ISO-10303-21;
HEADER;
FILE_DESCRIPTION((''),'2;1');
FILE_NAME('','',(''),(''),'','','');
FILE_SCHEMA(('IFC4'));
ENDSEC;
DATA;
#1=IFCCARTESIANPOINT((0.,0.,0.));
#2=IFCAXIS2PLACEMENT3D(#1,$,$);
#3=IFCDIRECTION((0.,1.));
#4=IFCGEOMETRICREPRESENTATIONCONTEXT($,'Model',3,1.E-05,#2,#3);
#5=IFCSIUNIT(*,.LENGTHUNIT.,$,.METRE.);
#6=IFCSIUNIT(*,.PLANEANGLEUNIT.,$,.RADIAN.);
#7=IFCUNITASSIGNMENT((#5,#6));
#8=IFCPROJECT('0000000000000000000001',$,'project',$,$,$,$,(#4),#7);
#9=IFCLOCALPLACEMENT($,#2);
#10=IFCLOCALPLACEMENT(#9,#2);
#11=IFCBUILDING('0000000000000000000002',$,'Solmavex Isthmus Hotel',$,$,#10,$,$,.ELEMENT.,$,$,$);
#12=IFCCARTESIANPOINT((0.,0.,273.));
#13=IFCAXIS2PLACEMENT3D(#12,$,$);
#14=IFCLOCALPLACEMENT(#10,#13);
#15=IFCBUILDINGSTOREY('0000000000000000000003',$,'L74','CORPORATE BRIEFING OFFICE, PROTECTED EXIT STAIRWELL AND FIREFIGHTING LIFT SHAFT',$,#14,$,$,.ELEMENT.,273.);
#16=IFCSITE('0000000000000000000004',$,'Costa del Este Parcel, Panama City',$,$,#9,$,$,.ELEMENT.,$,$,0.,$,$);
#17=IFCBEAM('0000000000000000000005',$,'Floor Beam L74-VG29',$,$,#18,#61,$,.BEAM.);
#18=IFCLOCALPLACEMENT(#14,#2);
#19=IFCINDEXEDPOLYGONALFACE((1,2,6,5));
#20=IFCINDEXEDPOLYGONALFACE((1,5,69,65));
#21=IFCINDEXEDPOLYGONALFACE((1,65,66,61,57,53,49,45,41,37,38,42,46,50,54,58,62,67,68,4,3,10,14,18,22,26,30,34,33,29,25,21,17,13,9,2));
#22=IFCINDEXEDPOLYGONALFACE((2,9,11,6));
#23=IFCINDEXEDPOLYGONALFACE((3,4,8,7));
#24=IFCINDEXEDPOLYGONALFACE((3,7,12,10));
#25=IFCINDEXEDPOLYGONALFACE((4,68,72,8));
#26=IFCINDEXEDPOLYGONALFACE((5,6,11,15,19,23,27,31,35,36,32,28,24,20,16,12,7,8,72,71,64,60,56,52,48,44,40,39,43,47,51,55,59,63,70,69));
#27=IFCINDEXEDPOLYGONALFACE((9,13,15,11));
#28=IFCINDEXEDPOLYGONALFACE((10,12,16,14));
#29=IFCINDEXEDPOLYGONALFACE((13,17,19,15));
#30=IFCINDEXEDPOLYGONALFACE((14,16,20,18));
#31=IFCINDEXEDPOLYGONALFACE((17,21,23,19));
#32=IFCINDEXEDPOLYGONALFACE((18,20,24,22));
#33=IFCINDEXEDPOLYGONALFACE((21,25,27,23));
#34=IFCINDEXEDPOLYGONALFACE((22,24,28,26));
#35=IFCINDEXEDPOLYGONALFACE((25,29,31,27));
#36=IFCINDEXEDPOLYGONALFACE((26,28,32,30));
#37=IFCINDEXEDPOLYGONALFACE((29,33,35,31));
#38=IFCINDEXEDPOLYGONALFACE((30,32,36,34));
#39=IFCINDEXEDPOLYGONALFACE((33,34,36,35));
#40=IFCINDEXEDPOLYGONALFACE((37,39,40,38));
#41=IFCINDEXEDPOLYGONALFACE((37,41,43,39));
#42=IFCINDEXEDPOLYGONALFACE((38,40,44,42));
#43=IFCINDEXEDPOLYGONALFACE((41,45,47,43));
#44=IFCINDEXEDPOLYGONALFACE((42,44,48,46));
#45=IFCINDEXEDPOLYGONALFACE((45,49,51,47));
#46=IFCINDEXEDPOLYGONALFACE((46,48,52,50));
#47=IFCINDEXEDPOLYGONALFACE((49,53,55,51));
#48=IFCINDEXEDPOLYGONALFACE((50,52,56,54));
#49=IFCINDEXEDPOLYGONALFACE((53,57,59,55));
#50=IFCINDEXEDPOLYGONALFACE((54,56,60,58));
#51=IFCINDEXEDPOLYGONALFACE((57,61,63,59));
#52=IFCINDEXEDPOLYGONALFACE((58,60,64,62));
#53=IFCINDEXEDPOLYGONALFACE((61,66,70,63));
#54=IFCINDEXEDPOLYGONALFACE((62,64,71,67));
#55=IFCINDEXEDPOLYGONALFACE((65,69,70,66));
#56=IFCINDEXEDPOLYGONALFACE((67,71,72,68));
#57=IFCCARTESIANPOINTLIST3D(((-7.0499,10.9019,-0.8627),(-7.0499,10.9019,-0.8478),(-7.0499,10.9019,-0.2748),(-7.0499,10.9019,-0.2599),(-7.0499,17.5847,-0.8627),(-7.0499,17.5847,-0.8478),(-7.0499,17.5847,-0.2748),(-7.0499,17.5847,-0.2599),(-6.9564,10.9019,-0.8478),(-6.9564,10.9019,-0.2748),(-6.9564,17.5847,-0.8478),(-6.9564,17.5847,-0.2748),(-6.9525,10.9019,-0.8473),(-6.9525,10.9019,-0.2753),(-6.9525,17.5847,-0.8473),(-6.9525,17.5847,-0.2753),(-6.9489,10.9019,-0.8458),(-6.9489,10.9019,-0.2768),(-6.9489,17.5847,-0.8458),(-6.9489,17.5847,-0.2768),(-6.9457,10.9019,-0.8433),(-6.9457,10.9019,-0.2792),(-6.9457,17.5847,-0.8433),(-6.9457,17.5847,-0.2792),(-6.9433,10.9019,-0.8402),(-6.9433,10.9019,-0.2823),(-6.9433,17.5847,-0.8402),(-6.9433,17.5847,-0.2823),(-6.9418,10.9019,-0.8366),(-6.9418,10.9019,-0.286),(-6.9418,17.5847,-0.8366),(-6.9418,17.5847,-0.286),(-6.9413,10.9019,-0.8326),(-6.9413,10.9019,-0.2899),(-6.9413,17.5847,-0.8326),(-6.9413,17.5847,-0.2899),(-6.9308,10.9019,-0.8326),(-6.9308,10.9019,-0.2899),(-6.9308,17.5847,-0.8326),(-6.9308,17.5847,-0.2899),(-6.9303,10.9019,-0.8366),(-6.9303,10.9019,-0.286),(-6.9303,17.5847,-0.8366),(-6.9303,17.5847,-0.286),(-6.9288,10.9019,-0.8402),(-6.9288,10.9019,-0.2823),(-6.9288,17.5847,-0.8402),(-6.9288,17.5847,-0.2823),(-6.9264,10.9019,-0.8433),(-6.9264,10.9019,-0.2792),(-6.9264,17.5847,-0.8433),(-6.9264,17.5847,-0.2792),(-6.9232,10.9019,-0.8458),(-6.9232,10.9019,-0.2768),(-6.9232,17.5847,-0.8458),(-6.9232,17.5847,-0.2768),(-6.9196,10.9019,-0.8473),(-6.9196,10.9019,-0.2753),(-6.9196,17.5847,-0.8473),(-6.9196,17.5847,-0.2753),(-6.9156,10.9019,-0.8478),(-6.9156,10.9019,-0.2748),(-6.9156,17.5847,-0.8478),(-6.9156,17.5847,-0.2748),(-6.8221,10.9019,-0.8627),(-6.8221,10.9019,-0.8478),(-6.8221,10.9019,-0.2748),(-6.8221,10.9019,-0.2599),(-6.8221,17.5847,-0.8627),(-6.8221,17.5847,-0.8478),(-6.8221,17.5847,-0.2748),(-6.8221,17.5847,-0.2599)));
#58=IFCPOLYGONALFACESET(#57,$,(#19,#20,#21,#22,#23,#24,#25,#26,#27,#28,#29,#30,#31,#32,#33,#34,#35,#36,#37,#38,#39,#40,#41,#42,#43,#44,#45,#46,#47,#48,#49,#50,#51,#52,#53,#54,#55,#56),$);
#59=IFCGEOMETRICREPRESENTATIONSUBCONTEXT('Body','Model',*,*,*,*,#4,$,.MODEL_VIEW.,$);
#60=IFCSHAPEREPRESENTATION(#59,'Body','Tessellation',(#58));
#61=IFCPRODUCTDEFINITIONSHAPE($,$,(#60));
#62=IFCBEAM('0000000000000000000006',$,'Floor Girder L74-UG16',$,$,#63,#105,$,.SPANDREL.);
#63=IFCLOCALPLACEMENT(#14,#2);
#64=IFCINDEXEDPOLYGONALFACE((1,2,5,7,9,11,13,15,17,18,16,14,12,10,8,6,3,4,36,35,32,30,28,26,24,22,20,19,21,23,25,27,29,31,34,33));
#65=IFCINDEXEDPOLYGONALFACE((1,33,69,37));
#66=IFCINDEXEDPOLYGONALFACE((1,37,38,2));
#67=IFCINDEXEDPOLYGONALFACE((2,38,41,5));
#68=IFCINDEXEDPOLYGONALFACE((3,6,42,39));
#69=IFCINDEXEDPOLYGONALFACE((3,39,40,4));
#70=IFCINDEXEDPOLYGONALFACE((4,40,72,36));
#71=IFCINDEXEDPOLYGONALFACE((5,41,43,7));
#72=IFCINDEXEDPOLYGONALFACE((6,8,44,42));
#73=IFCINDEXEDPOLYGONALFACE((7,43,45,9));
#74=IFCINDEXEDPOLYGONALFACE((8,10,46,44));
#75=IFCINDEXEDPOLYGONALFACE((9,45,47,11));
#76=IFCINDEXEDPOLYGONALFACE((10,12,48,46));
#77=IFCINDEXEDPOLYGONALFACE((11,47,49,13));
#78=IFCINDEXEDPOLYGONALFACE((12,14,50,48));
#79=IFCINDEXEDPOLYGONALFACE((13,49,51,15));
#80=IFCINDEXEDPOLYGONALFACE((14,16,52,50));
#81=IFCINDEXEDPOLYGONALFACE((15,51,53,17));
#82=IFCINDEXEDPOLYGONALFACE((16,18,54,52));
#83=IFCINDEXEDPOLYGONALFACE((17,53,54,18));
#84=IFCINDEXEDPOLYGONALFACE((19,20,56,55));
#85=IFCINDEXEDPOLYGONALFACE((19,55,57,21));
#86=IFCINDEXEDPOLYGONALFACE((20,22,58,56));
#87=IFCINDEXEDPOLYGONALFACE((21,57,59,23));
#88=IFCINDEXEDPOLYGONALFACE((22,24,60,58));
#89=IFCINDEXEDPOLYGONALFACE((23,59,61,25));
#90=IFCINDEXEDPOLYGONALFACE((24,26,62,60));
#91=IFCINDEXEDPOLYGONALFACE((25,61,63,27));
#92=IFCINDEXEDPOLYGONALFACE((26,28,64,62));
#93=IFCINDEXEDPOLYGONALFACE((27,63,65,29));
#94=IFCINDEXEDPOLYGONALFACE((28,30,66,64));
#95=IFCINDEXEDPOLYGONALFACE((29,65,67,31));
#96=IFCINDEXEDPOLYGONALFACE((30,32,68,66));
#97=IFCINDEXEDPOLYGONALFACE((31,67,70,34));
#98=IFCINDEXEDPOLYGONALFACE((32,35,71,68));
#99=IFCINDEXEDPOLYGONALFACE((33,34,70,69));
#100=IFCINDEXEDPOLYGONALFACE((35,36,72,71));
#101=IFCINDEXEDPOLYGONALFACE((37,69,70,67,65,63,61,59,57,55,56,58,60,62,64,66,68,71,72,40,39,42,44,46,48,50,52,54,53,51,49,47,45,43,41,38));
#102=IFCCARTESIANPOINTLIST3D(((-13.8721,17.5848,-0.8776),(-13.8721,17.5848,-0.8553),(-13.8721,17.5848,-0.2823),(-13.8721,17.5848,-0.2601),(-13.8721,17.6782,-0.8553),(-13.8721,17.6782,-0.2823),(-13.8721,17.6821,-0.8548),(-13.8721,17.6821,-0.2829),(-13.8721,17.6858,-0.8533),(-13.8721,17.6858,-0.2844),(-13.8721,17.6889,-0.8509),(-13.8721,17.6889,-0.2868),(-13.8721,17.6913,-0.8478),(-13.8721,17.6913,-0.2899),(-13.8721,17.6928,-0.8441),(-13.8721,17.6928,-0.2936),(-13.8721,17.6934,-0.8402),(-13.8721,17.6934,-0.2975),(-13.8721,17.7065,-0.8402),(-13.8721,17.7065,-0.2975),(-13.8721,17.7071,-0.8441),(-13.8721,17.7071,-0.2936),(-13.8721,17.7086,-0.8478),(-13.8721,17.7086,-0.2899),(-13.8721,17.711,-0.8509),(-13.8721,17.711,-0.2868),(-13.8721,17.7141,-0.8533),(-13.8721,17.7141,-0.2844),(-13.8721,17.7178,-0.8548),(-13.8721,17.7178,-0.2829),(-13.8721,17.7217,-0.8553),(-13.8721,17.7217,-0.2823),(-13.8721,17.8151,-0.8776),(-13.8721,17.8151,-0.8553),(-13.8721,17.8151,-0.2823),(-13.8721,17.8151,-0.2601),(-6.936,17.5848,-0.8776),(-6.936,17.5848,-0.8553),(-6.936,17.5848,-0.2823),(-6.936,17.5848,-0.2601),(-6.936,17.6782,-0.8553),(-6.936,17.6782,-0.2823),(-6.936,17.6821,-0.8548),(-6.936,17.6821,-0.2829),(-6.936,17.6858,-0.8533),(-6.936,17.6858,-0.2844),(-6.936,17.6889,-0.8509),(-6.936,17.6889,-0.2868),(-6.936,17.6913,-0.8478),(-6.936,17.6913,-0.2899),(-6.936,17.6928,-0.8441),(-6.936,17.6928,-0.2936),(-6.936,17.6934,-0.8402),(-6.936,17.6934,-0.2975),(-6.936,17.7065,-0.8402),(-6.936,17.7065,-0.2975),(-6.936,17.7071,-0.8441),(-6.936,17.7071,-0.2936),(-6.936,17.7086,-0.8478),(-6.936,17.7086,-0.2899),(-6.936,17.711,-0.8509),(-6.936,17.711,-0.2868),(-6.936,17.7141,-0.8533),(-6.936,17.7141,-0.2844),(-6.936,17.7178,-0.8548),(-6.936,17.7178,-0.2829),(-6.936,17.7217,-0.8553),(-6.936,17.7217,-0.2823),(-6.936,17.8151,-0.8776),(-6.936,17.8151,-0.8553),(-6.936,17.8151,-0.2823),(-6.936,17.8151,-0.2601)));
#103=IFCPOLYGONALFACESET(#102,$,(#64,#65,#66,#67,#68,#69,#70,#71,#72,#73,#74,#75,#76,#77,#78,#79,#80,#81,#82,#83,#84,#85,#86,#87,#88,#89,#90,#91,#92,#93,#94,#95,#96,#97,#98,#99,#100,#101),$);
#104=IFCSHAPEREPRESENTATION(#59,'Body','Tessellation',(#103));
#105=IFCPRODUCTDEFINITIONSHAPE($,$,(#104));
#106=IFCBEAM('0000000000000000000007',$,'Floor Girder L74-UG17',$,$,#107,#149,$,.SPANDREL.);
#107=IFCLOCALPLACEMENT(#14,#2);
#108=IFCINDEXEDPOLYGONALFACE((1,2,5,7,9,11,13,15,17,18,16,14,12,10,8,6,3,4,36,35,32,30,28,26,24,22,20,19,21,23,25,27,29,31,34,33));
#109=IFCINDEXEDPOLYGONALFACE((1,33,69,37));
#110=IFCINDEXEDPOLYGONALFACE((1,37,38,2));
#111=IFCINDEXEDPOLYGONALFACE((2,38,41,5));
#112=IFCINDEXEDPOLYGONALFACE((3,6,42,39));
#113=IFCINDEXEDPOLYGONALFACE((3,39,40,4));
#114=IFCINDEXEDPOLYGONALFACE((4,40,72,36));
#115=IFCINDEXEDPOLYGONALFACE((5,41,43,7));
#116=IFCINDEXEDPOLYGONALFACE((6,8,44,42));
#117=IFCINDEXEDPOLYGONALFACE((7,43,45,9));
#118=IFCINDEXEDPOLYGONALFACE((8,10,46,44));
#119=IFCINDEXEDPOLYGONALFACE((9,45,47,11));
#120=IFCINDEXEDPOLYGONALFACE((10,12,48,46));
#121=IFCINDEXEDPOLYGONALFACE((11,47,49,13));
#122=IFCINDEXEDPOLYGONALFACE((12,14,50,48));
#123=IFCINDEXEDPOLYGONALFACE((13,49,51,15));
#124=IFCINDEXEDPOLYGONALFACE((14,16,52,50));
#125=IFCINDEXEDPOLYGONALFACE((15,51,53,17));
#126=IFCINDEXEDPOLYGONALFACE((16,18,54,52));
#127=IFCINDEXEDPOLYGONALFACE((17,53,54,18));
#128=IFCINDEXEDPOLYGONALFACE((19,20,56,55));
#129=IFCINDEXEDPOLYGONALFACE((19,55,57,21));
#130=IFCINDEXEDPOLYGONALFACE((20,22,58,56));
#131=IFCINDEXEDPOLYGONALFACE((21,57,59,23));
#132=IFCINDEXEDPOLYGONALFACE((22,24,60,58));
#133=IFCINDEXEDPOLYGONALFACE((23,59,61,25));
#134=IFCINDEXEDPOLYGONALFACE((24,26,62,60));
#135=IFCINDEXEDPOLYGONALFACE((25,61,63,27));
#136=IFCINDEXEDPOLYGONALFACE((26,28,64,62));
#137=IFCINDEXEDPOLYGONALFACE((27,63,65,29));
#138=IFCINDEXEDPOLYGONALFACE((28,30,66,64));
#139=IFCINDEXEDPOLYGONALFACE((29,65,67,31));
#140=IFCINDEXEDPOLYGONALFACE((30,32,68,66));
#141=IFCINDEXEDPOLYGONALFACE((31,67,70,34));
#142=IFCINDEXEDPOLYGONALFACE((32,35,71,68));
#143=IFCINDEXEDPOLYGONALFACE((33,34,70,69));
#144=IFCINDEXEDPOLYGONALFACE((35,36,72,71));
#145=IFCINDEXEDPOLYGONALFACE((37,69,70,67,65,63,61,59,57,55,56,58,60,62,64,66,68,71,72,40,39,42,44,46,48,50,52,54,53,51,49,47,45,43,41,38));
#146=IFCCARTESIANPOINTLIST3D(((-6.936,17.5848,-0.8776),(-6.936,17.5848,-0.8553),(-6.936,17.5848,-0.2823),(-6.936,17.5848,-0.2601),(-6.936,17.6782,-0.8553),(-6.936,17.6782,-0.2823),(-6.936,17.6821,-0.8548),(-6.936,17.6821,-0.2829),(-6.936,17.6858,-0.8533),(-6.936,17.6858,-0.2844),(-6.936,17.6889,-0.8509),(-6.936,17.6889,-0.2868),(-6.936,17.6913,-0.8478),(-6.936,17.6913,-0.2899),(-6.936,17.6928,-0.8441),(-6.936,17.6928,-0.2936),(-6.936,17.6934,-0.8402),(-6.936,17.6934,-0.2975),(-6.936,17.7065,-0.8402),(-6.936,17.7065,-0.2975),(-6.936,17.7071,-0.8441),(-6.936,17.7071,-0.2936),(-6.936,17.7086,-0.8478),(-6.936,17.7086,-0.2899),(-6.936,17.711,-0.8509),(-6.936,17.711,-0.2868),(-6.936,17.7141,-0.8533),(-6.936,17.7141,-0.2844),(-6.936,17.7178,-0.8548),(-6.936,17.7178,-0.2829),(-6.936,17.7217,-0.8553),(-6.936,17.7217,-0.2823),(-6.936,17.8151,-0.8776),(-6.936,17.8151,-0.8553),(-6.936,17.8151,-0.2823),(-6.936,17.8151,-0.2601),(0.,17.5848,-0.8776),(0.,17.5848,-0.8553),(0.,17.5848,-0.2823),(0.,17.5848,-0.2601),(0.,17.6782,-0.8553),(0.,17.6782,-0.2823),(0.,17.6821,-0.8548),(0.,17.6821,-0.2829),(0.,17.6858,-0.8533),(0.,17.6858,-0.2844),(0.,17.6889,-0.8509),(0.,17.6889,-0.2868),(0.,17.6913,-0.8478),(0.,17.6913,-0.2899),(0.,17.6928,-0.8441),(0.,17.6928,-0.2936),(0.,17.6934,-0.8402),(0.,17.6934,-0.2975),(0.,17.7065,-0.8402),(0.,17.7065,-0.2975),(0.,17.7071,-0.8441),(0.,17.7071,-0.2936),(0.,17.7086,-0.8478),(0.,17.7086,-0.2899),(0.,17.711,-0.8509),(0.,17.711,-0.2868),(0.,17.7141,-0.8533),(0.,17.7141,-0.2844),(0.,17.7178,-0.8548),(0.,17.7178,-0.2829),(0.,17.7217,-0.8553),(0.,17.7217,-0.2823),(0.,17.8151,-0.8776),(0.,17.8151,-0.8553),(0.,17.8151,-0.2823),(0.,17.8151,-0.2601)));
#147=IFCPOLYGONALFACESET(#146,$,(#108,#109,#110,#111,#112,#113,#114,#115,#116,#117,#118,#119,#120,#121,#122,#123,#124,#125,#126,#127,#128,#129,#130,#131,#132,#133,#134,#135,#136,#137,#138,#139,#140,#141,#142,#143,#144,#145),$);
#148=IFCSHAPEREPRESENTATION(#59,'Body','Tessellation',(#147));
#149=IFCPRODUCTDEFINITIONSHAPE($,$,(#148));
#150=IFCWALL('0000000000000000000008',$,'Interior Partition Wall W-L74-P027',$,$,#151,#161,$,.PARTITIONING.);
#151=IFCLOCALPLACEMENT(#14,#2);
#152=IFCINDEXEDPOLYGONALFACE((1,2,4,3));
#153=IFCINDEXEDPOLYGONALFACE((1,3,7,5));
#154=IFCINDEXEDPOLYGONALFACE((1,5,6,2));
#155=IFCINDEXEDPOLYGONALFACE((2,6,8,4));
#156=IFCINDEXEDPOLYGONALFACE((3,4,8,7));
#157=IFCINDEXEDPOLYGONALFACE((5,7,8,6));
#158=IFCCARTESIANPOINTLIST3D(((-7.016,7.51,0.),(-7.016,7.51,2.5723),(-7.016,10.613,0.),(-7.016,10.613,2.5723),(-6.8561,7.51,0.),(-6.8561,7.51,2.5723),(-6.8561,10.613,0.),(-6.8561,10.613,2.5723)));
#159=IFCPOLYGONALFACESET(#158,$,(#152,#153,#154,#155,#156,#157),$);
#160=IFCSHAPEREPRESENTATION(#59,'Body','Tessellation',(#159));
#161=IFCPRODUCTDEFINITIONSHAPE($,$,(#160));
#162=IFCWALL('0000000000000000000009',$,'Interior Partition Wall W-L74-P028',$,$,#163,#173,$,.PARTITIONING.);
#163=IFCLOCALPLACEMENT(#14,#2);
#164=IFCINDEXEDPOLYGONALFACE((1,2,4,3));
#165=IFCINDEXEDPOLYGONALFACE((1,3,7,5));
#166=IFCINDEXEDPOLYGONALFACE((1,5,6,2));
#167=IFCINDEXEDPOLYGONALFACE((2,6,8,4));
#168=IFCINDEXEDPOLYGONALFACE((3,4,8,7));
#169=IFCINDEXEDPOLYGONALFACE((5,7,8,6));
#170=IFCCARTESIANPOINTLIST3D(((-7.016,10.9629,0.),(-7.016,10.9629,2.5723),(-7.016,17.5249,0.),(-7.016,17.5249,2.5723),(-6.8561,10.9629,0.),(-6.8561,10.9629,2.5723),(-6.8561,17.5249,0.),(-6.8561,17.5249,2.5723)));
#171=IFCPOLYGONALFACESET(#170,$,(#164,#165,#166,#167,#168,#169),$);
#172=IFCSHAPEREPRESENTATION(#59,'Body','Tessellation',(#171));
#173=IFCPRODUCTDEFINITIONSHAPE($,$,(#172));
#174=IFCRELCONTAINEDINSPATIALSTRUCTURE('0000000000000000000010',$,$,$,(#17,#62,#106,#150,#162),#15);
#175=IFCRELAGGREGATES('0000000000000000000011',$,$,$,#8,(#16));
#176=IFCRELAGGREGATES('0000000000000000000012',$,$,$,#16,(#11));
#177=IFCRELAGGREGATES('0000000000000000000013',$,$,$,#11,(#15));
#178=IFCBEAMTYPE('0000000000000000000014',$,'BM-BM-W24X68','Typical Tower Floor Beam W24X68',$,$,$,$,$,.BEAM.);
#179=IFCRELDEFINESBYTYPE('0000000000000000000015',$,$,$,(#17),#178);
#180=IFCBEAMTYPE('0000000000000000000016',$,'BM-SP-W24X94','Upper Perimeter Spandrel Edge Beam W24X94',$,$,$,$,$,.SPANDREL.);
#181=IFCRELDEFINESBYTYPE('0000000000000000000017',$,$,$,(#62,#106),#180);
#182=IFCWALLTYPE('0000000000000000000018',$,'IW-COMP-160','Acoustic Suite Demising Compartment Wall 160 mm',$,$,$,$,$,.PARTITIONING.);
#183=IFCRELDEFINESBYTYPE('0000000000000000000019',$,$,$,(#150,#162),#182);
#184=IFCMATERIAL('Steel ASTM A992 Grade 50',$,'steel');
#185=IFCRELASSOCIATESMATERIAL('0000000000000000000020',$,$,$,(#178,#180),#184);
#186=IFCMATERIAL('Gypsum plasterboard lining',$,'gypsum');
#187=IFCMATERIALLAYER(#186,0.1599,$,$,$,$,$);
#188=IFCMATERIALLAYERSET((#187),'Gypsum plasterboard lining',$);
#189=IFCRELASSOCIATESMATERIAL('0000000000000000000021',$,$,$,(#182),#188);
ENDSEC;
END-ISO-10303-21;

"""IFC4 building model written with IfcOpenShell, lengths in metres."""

from ifc_helpers import new_model, si_unit, direction, frame, frame_2d, origin, origin_2d, place, context, subcontext, project, spatial, rectangle, i_section, extrude, material, layer, layer_set, material_profile, profile_set, type_object, element, save


model = new_model("IFC4")

# Units and contexts
model_context = context("Model", 3, precision=1e-05, world=origin(), true_north=direction((0.0, 1.0)))
body_context = subcontext(model_context, "Body", "Model", "MODEL_VIEW")
ifc_project = project(units=[si_unit("LENGTHUNIT", "METRE"), si_unit("PLANEANGLEUNIT", "RADIAN")], contexts=[model_context])

# Site, building, storey
site_placement = place(None, origin())
site = spatial("IfcSite", under=ifc_project, at=site_placement, Name="Costa del Este Parcel, Panama City", CompositionType="ELEMENT", RefElevation=0.0)
building_placement = place(site_placement, origin())
building = spatial("IfcBuilding", under=site, at=building_placement, Name="Solmavex Isthmus Hotel", CompositionType="ELEMENT")
storey_placement = place(building_placement, frame((0.0, 0.0, 273.0)))
storey = spatial("IfcBuildingStorey", under=building, at=storey_placement, Name="L74", Description="CORPORATE BRIEFING OFFICE, PROTECTED EXIT STAIRWELL AND FIREFIGHTING LIFT SHAFT", CompositionType="ELEMENT", Elevation=273.0)

# Beams
ifc_material_1 = material(Name="Steel ASTM A992 Grade 50", Category="steel")
ifc_material_profile_1 = material_profile(ifc_material_1, i_section(OverallWidth=0.2278, OverallDepth=0.6028, WebThickness=0.0105, FlangeThickness=0.0149, FilletRadius=0.0151, at=origin_2d()), Name="W24X68")
ifc_profile_set_1 = profile_set([ifc_material_profile_1], Name="Steel ASTM A992 Grade 50")
beam_type_1 = type_object("IfcBeamType", Name="BM-BM-W24X68", Description="Typical Tower Floor Beam W24X68", PredefinedType="BEAM", material=ifc_profile_set_1)
beam_1_placement = place(storey_placement, frame((-6.936, 10.9019, -0.5613), z_axis=(0.0, 1.0, 0.0), x_axis=(-1.0, 0.0, 0.0)))
element("IfcBeam", 1, at=beam_1_placement, inside=storey, type_object=beam_type_1, Name="Floor Beam L74-VG29", PredefinedType="BEAM", context=body_context, shape_type="SweptSolid", body=[
    extrude(i_section(OverallWidth=0.2278, OverallDepth=0.6028, WebThickness=0.0105, FlangeThickness=0.0149, FilletRadius=0.0151, at=origin_2d()), origin(), (0.0, 0.0, 1.0), 6.6829),
])
ifc_material_profile_2 = material_profile(ifc_material_1, i_section(OverallWidth=0.2302, OverallDepth=0.6174, WebThickness=0.0132, FlangeThickness=0.0222, FilletRadius=0.0151, at=origin_2d()), Name="W24X94")
ifc_profile_set_2 = profile_set([ifc_material_profile_2], Name="Steel ASTM A992 Grade 50")
beam_type_2 = type_object("IfcBeamType", Name="BM-SP-W24X94", Description="Upper Perimeter Spandrel Edge Beam W24X94", PredefinedType="SPANDREL", material=ifc_profile_set_2)
for number, where, z_axis, x_axis, name in (
    (2, (-13.8721, 17.7, -0.5688), (1.0, 0.0, 0.0), (0.0, 1.0, 0.0), "Floor Girder L74-UG16"),
    (3, (-6.936, 17.7, -0.5688), (1.0, 0.0, 0.0), (0.0, 1.0, 0.0), "Floor Girder L74-UG17"),
):
    element("IfcBeam", number, at=place(storey_placement, frame(where, z_axis=z_axis, x_axis=x_axis)), inside=storey, type_object=beam_type_2, Name=name, PredefinedType="SPANDREL", context=body_context, shape_type="SweptSolid", body=[
        extrude(i_section(OverallWidth=0.2302, OverallDepth=0.6174, WebThickness=0.0132, FlangeThickness=0.0222, FilletRadius=0.0151, at=origin_2d()), origin(), (0.0, 0.0, 1.0), 6.936),
    ])

# Walls
ifc_material_2 = material(Name="Gypsum plasterboard lining", Category="gypsum")
ifc_layer_1 = layer(ifc_material_2, 0.1599)
ifc_layer_set_1 = layer_set([ifc_layer_1], Name="Gypsum plasterboard lining")
wall_type_1 = type_object("IfcWallType", Name="IW-COMP-160", Description="Acoustic Suite Demising Compartment Wall 160 mm", PredefinedType="PARTITIONING", material=ifc_layer_set_1)
wall_1_placement = place(storey_placement, frame((-6.936, 10.613, 0.0), z_axis=(0.0, 0.0, 1.0), x_axis=(0.0, -1.0, 0.0)))
element("IfcWall", 4, at=wall_1_placement, inside=storey, type_object=wall_type_1, Name="Interior Partition Wall W-L74-P027", PredefinedType="PARTITIONING", context=body_context, shape_type="SweptSolid", body=[
    extrude(rectangle(XDim=3.103, YDim=0.1599, at=frame_2d((1.5515, 0.0))), origin(), (0.0, 0.0, 1.0), 2.5723),
])
wall_2_placement = place(storey_placement, frame((-6.936, 17.5249, 0.0), z_axis=(0.0, 0.0, 1.0), x_axis=(0.0, -1.0, 0.0)))
element("IfcWall", 5, at=wall_2_placement, inside=storey, type_object=wall_type_1, Name="Interior Partition Wall W-L74-P028", PredefinedType="PARTITIONING", context=body_context, shape_type="SweptSolid", body=[
    extrude(rectangle(XDim=6.562, YDim=0.1599, at=frame_2d((3.281, 0.0))), origin(), (0.0, 0.0, 1.0), 2.5723),
])

save(model, "model.ifc")
